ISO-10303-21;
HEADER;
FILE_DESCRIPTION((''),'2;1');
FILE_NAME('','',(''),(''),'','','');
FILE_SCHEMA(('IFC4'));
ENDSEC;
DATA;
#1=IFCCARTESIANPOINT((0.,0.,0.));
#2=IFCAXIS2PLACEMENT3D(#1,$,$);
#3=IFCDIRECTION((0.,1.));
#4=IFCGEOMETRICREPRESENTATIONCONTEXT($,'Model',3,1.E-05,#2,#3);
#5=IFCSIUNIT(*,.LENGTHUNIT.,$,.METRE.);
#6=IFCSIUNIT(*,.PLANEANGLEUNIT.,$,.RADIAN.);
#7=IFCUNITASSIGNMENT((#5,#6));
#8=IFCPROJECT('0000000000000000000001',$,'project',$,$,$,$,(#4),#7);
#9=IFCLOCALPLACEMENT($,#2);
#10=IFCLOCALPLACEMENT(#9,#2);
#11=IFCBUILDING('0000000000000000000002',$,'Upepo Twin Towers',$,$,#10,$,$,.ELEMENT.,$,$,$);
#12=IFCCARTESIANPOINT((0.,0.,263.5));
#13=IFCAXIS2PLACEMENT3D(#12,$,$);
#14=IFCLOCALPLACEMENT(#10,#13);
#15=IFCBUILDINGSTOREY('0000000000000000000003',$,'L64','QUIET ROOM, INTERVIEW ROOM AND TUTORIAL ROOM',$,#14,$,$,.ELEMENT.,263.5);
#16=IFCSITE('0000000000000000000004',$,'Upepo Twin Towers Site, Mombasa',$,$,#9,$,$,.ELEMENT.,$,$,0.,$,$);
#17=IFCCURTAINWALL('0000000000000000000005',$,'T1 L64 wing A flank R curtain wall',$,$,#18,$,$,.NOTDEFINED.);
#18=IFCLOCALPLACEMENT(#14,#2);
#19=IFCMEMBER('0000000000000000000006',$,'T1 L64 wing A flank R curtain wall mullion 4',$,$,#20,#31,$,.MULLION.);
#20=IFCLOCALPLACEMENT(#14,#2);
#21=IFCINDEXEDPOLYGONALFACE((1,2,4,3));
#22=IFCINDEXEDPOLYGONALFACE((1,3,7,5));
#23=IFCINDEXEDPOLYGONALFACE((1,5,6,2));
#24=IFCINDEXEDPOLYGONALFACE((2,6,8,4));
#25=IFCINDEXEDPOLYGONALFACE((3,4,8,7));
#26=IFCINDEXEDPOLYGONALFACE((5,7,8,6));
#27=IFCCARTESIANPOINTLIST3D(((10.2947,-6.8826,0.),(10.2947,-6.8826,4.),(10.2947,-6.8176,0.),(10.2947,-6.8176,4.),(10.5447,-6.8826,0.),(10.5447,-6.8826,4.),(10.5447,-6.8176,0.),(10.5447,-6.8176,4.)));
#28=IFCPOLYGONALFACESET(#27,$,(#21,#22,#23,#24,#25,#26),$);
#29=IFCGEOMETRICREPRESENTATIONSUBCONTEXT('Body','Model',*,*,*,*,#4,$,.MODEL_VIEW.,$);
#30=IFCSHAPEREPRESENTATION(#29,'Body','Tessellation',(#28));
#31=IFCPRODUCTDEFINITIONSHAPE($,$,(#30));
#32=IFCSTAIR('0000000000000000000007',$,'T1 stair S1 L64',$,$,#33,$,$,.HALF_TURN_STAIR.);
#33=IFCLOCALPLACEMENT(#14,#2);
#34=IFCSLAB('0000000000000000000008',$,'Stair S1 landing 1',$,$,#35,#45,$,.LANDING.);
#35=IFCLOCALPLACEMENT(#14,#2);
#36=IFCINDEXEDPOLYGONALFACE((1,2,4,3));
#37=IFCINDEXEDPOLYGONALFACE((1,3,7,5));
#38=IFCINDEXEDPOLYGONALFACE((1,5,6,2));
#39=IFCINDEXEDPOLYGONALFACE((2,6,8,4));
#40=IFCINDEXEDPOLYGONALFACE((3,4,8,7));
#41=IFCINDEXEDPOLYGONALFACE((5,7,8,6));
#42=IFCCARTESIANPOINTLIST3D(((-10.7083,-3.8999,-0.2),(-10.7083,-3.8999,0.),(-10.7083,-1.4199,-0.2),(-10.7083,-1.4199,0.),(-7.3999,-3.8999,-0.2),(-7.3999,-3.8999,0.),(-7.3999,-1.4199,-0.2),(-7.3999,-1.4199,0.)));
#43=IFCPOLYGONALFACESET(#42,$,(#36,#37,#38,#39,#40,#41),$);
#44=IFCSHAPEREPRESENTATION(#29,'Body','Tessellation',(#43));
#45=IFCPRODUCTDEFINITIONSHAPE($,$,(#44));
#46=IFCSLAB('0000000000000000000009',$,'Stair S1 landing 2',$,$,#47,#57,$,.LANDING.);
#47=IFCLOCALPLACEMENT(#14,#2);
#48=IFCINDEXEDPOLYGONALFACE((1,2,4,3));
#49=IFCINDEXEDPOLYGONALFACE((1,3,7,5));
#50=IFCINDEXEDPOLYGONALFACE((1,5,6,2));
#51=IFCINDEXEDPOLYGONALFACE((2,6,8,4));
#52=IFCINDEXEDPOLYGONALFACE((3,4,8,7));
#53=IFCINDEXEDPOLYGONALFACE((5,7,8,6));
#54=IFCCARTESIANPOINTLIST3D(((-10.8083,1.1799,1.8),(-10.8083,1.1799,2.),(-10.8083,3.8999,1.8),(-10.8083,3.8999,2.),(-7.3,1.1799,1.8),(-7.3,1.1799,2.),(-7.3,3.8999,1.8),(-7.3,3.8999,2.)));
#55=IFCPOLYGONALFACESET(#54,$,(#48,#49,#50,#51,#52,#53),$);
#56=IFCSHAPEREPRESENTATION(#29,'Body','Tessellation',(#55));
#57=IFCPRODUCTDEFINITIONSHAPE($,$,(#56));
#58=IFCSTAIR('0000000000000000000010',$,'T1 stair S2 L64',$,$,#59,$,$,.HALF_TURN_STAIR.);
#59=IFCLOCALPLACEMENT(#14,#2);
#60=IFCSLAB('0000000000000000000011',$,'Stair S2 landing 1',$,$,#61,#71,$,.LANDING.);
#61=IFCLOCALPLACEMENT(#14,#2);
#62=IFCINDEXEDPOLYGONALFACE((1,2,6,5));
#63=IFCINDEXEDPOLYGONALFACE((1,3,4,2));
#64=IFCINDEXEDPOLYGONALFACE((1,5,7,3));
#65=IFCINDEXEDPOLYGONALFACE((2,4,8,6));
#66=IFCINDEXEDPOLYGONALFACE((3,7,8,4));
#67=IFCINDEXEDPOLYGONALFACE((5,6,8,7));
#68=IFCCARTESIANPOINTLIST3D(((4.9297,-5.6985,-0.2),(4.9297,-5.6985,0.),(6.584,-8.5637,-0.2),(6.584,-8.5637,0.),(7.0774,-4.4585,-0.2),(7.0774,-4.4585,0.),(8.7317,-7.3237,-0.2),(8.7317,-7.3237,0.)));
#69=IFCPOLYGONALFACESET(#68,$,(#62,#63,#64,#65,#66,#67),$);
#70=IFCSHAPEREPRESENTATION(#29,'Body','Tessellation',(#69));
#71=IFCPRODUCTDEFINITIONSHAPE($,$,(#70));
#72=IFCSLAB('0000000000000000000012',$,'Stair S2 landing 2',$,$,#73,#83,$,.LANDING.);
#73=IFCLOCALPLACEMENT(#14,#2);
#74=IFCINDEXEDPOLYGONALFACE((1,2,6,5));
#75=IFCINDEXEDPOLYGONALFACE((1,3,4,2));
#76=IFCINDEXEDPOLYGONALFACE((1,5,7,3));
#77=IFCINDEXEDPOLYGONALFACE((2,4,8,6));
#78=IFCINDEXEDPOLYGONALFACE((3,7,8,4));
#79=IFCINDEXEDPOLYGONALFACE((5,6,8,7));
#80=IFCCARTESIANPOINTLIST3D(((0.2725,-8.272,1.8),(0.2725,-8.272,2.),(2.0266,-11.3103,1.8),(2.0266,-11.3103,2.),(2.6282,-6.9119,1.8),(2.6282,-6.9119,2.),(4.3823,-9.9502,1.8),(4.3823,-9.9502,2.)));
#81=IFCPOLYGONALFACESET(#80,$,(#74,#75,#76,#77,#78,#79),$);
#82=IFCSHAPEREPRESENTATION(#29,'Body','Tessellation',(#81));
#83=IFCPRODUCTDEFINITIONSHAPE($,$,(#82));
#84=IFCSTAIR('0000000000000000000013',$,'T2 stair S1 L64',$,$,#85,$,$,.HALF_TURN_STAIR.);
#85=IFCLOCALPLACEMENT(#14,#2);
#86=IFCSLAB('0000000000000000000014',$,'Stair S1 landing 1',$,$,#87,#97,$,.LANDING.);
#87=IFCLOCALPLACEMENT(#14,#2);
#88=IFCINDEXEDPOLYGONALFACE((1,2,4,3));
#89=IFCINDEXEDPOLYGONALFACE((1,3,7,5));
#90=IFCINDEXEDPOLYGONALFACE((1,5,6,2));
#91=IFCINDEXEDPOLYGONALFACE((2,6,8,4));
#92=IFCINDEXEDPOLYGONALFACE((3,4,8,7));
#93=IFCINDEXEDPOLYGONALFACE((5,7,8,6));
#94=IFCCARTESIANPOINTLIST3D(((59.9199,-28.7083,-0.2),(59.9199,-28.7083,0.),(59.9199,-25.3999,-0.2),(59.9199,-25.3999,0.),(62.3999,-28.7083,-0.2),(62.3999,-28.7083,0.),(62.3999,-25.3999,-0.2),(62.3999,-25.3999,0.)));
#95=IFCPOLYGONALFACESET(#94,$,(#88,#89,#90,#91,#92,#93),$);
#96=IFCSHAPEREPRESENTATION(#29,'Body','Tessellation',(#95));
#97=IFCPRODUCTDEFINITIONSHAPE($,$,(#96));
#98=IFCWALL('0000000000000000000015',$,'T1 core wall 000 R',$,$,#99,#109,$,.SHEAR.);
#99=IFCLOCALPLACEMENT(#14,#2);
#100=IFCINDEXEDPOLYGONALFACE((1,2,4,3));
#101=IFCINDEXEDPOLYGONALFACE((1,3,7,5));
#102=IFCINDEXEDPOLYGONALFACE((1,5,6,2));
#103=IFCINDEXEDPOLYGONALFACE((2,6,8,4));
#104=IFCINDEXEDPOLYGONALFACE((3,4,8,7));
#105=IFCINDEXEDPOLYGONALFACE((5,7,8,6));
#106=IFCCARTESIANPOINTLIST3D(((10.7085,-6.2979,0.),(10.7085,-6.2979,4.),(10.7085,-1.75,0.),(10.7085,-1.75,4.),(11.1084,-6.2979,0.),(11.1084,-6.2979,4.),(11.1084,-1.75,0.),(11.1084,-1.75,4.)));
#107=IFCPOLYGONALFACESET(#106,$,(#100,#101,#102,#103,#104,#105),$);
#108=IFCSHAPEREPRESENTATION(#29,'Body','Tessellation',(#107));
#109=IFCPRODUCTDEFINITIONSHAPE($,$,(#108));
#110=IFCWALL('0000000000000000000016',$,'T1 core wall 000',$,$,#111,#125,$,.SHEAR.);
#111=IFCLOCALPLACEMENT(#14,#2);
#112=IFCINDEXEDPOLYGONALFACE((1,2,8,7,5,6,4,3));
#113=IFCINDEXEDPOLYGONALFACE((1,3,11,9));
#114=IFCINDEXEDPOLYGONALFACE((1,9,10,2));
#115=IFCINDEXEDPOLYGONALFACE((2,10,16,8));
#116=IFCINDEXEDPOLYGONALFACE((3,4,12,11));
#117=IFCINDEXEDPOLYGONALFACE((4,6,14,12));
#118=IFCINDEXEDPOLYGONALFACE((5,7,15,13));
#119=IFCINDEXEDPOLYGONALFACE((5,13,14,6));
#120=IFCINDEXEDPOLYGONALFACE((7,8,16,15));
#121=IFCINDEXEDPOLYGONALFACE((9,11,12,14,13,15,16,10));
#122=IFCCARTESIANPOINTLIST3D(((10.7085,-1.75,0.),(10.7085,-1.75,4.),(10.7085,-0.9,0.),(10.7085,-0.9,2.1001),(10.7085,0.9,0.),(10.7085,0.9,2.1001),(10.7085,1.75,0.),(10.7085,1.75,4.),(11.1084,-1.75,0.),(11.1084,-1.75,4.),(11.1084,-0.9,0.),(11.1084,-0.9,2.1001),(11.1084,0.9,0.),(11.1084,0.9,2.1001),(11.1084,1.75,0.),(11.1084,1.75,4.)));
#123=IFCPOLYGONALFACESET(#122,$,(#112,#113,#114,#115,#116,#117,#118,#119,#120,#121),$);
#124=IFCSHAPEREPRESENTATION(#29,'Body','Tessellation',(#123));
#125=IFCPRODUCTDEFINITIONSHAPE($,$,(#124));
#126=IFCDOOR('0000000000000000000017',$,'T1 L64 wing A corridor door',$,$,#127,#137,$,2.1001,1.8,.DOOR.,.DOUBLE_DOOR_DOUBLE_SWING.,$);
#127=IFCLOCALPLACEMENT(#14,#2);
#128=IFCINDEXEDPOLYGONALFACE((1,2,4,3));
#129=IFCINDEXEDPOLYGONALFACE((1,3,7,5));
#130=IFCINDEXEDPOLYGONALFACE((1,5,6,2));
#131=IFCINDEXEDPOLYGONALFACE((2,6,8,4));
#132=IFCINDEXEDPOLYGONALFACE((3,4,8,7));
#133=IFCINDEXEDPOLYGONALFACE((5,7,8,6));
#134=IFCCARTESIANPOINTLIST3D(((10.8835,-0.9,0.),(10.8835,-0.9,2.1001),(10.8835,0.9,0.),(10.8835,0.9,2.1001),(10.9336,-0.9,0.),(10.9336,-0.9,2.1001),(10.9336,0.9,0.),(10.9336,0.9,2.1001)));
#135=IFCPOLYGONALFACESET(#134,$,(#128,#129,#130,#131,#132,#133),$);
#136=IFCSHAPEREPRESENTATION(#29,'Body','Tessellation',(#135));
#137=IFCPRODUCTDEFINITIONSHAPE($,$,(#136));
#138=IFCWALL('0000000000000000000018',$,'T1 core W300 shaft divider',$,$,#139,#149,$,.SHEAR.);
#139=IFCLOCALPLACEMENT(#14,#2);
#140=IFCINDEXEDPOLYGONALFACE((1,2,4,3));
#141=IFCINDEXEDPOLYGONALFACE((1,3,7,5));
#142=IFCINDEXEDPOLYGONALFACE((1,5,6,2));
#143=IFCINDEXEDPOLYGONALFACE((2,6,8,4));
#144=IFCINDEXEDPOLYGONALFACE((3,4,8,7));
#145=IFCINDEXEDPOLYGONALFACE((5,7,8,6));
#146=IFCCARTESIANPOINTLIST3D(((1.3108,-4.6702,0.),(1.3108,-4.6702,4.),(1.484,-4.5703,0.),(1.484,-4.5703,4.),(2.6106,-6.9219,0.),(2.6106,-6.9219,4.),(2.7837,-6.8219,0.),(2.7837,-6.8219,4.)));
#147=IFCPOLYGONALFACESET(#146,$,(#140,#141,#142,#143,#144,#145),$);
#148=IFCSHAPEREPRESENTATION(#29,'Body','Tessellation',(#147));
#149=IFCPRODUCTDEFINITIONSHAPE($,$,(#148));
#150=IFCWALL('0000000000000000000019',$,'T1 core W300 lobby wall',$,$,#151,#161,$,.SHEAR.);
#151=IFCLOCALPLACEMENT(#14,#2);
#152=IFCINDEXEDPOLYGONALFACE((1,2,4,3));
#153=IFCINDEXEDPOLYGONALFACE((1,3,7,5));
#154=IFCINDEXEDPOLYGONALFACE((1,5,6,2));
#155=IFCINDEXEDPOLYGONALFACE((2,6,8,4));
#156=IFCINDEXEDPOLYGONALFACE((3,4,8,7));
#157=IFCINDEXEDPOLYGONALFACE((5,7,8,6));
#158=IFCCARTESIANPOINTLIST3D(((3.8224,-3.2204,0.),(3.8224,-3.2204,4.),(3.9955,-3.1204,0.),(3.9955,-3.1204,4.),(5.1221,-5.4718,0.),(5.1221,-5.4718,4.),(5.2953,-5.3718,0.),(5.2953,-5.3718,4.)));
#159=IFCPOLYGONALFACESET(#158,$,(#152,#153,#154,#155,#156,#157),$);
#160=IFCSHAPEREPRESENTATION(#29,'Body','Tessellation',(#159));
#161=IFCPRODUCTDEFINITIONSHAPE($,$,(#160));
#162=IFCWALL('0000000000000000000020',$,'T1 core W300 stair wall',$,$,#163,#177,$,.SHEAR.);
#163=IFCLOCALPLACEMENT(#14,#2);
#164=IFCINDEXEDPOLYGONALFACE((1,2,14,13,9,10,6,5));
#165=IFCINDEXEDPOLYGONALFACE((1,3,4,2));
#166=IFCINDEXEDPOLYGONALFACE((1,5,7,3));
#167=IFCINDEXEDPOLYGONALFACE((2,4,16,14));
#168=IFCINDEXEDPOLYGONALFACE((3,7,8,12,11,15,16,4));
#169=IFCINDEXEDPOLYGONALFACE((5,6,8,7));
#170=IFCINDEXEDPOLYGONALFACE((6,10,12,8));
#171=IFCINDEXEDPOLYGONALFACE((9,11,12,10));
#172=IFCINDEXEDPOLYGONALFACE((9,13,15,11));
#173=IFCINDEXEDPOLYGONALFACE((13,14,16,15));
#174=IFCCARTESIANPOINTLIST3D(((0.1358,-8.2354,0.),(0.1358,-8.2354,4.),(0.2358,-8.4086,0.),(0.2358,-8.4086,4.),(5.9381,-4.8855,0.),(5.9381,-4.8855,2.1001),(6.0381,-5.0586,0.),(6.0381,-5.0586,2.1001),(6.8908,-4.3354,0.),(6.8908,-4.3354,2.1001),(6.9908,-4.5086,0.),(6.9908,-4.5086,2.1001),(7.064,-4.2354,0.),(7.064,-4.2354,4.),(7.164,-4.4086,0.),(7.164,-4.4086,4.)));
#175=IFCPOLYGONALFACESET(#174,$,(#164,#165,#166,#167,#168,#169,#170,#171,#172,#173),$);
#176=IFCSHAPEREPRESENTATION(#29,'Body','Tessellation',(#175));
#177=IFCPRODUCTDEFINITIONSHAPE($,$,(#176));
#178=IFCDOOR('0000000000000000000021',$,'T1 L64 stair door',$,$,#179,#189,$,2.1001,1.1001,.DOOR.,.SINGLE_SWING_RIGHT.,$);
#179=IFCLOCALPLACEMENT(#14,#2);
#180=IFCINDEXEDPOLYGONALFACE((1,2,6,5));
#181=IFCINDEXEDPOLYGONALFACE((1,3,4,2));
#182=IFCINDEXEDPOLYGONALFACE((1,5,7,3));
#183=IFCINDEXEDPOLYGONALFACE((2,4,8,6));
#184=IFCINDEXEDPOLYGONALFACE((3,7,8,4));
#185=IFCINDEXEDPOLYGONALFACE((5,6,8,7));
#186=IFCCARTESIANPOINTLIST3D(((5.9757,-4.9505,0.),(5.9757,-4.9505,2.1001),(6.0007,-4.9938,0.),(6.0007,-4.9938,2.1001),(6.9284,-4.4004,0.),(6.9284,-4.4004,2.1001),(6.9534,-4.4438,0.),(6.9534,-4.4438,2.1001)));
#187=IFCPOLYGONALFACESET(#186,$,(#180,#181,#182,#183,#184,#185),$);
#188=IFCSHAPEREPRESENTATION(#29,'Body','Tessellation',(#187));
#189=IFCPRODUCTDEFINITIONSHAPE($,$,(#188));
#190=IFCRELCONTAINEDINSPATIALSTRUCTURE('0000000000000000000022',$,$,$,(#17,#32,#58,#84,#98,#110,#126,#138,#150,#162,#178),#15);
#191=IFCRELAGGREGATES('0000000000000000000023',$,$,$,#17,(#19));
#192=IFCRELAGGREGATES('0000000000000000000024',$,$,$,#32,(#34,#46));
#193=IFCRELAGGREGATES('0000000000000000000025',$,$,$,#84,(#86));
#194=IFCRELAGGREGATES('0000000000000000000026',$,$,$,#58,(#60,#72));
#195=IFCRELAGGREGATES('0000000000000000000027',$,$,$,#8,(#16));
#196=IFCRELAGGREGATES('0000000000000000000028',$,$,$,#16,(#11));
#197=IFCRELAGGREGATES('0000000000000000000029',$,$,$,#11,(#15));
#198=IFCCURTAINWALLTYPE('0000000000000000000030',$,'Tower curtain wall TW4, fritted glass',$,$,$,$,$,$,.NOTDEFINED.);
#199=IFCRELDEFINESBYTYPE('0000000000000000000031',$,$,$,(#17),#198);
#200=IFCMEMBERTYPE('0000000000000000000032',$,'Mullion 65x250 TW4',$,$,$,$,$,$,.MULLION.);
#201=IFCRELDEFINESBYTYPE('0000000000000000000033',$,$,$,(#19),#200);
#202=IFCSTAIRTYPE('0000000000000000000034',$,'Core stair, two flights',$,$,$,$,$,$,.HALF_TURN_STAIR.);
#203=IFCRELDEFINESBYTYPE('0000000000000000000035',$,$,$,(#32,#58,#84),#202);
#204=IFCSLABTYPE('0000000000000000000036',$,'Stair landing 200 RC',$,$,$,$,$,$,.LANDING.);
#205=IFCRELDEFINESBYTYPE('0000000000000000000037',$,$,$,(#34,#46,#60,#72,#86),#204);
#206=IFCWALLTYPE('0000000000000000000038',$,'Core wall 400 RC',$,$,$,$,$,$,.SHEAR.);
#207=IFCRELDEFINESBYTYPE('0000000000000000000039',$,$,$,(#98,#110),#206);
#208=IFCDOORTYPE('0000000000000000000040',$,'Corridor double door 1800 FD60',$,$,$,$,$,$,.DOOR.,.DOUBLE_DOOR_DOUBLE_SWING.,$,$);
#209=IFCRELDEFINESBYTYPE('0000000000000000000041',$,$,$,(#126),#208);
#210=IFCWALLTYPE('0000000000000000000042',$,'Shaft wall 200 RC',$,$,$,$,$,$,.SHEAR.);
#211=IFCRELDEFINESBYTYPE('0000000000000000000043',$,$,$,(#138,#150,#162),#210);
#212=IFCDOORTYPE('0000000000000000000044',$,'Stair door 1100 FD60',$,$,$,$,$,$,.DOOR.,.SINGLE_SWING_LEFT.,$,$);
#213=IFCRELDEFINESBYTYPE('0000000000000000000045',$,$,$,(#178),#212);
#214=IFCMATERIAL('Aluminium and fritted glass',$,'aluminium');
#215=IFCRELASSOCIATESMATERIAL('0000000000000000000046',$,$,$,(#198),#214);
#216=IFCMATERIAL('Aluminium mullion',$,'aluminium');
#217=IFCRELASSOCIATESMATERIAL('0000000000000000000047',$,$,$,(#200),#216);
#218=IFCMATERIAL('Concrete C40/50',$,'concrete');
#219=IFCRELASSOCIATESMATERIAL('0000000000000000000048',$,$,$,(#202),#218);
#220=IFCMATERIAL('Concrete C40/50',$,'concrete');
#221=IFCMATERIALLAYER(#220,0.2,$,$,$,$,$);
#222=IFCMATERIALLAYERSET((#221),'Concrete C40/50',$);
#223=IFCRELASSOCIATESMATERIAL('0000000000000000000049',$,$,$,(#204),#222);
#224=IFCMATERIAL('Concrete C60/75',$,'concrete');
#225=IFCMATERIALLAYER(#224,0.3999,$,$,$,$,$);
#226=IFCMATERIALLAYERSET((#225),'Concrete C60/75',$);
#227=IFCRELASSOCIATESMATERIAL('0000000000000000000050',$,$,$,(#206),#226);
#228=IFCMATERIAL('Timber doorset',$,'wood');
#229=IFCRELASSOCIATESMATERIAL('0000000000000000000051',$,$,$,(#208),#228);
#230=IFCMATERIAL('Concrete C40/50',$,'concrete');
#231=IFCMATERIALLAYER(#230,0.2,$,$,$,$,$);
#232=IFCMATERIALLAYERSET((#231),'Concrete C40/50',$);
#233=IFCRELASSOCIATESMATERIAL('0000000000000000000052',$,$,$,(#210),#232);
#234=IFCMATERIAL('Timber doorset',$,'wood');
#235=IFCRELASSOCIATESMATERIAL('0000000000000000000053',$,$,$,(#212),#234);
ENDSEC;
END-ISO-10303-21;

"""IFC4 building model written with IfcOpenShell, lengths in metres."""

from ifc_helpers import new_model, si_unit, direction, frame, frame_2d, origin, origin_2d, place, context, subcontext, project, spatial, polyline, rectangle, outline, extrude, material, layer, layer_set, material_profile, profile_set, type_object, element, fill, aggregate, save


model = new_model("IFC4")

# Units and contexts
model_context = context("Model", 3, precision=1e-05, world=origin(), true_north=direction((0.0, 1.0)))
body_context = subcontext(model_context, "Body", "Model", "MODEL_VIEW")
ifc_project = project(units=[si_unit("LENGTHUNIT", "METRE"), si_unit("PLANEANGLEUNIT", "RADIAN")], contexts=[model_context])

# Site, building, storey
site_placement = place(None, origin())
site = spatial("IfcSite", under=ifc_project, at=site_placement, Name="Upepo Twin Towers Site, Mombasa", CompositionType="ELEMENT", RefElevation=0.0)
building_placement = place(site_placement, origin())
building = spatial("IfcBuilding", under=site, at=building_placement, Name="Upepo Twin Towers", CompositionType="ELEMENT")
storey_placement = place(building_placement, frame((0.0, 0.0, 263.5)))
storey = spatial("IfcBuildingStorey", under=building, at=storey_placement, Name="L64", Description="QUIET ROOM, INTERVIEW ROOM AND TUTORIAL ROOM", CompositionType="ELEMENT", Elevation=263.5)

# Curtain wall, member
ifc_material_1 = material(Name="Aluminium and fritted glass", Category="aluminium")
curtain_wall_type = type_object("IfcCurtainWallType", Name="Tower curtain wall TW4, fritted glass", PredefinedType="NOTDEFINED", material=ifc_material_1)
curtain_wall_placement = place(storey_placement, origin())
curtain_wall = element("IfcCurtainWall", 1, at=curtain_wall_placement, inside=storey, type_object=curtain_wall_type, Name="T1 L64 wing A flank R curtain wall", PredefinedType="NOTDEFINED")
ifc_material_2 = material(Name="Aluminium mullion", Category="aluminium")
ifc_material_profile = material_profile(ifc_material_2, rectangle(XDim=0.0649, YDim=0.25, at=origin_2d()), Name="MULLION 65x250")
ifc_profile_set = profile_set([ifc_material_profile], Name="Aluminium mullion")
member_type = type_object("IfcMemberType", Name="Mullion 65x250 TW4", PredefinedType="MULLION", material=ifc_profile_set)
member_placement = place(storey_placement, frame((10.4197, -6.8501, 0.0), z_axis=(0.0, 0.0, 1.0), x_axis=(0.0, -1.0, 0.0)))
member = element("IfcMember", 2, at=member_placement, type_object=member_type, Name="T1 L64 wing A flank R curtain wall mullion 4", PredefinedType="MULLION", context=body_context, shape_type="SweptSolid", body=[
    extrude(rectangle(XDim=0.0649, YDim=0.25, at=origin_2d()), origin(), (0.0, 0.0, 1.0), 4.0),
])
aggregate(curtain_wall, [member])

# Stairs, slabs
ifc_material_3 = material(Name="Concrete C40/50", Category="concrete")
stair_type = type_object("IfcStairType", Name="Core stair, two flights", PredefinedType="HALF_TURN_STAIR", material=ifc_material_3)
stair_1_placement = place(storey_placement, origin())
stair_1 = element("IfcStair", 3, at=stair_1_placement, inside=storey, type_object=stair_type, Name="T1 stair S1 L64", PredefinedType="HALF_TURN_STAIR")
ifc_material_4 = material(Name="Concrete C40/50", Category="concrete")
ifc_layer_1 = layer(ifc_material_4, 0.2)
ifc_layer_set_1 = layer_set([ifc_layer_1], Name="Concrete C40/50")
slab_type = type_object("IfcSlabType", Name="Stair landing 200 RC", PredefinedType="LANDING", material=ifc_layer_set_1)
slab_1_placement = place(storey_placement, frame((0.0, 0.0, -0.2)))
slab_1 = element("IfcSlab", 4, at=slab_1_placement, type_object=slab_type, Name="Stair S1 landing 1", PredefinedType="LANDING", context=body_context, shape_type="SweptSolid", body=[
    extrude(outline(polyline([(-7.3999, -1.4199), (-10.7083, -1.4199), (-10.7083, -3.8999), (-7.3999, -3.8999), (-7.3999, -1.4199)])), origin(), (0.0, 0.0, 1.0), 0.2),
])
slab_2_placement = place(storey_placement, frame((0.0, 0.0, 1.8)))
slab_2 = element("IfcSlab", 5, at=slab_2_placement, type_object=slab_type, Name="Stair S1 landing 2", PredefinedType="LANDING", context=body_context, shape_type="SweptSolid", body=[
    extrude(outline(polyline([(-7.3, 3.8999), (-10.8083, 3.8999), (-10.8083, 1.1799), (-7.3, 1.1799), (-7.3, 3.8999)])), origin(), (0.0, 0.0, 1.0), 0.2),
])
aggregate(stair_1, [slab_1, slab_2])
stair_2_placement = place(storey_placement, origin())
stair_2 = element("IfcStair", 6, at=stair_2_placement, inside=storey, type_object=stair_type, Name="T1 stair S2 L64", PredefinedType="HALF_TURN_STAIR")
slab_3_placement = place(storey_placement, frame((0.0, 0.0, -0.2)))
slab_3 = element("IfcSlab", 7, at=slab_3_placement, type_object=slab_type, Name="Stair S2 landing 1", PredefinedType="LANDING", context=body_context, shape_type="SweptSolid", body=[
    extrude(outline(polyline([(4.9297, -5.6985), (6.584, -8.5637), (8.7317, -7.3237), (7.0774, -4.4585), (4.9297, -5.6985)])), origin(), (0.0, 0.0, 1.0), 0.2),
])
slab_4_placement = place(storey_placement, frame((0.0, 0.0, 1.8)))
slab_4 = element("IfcSlab", 8, at=slab_4_placement, type_object=slab_type, Name="Stair S2 landing 2", PredefinedType="LANDING", context=body_context, shape_type="SweptSolid", body=[
    extrude(outline(polyline([(0.2725, -8.272), (2.0266, -11.3103), (4.3823, -9.9502), (2.6282, -6.9119), (0.2725, -8.272)])), origin(), (0.0, 0.0, 1.0), 0.2),
])

# Stair, slab
stair_3_placement = place(storey_placement, origin())
stair_3 = element("IfcStair", 9, at=stair_3_placement, inside=storey, type_object=stair_type, Name="T2 stair S1 L64", PredefinedType="HALF_TURN_STAIR")
slab_5_placement = place(storey_placement, frame((0.0, 0.0, -0.2)))
slab_5 = element("IfcSlab", 10, at=slab_5_placement, type_object=slab_type, Name="Stair S1 landing 1", PredefinedType="LANDING", context=body_context, shape_type="SweptSolid", body=[
    extrude(outline(polyline([(59.9199, -25.3999), (59.9199, -28.7083), (62.3999, -28.7083), (62.3999, -25.3999), (59.9199, -25.3999)])), origin(), (0.0, 0.0, 1.0), 0.2),
])
aggregate(stair_3, [slab_5])

# Wall
ifc_material_5 = material(Name="Concrete C60/75", Category="concrete")
ifc_layer_2 = layer(ifc_material_5, 0.3999)
ifc_layer_set_2 = layer_set([ifc_layer_2], Name="Concrete C60/75")
wall_type_1 = type_object("IfcWallType", Name="Core wall 400 RC", PredefinedType="SHEAR", material=ifc_layer_set_2)
wall_1_placement = place(storey_placement, frame((10.9084, -6.2979, 0.0), z_axis=(0.0, 0.0, 1.0), x_axis=(0.0, 1.0, 0.0)))
element("IfcWall", 11, at=wall_1_placement, inside=storey, type_object=wall_type_1, Name="T1 core wall 000 R", PredefinedType="SHEAR", context=body_context, shape_type="SweptSolid", body=[
    extrude(rectangle(XDim=4.5479, YDim=0.3999, at=frame_2d((2.2739, 0.0))), origin(), (0.0, 0.0, 1.0), 4.0),
])

# Wall, opening, door
wall_2_placement = place(storey_placement, frame((10.9084, -1.75, 0.0), z_axis=(0.0, 0.0, 1.0), x_axis=(0.0, 1.0, 0.0)))
wall_2 = element("IfcWall", 12, at=wall_2_placement, inside=storey, type_object=wall_type_1, Name="T1 core wall 000", PredefinedType="SHEAR", context=body_context, shape_type="SweptSolid", body=[
    extrude(rectangle(XDim=3.5, YDim=0.3999, at=frame_2d((1.75, 0.0))), origin(), (0.0, 0.0, 1.0), 4.0),
])
opening_1_placement = place(wall_2_placement, frame((0.8501, 0.0, 0.0)))
opening_1 = element("IfcOpeningElement", 13, at=opening_1_placement, cuts=wall_2, PredefinedType="OPENING", context=body_context, shape_type="SweptSolid", body=[
    extrude(rectangle(XDim=1.8, YDim=2.1001, at=frame_2d((0.8999, 1.05))), frame((0.0, 0.21, 0.0), z_axis=(0.0, -1.0, 0.0), x_axis=(1.0, 0.0, 0.0)), (0.0, 0.0, 1.0), 0.4199),
])
ifc_material_6 = material(Name="Timber doorset", Category="wood")
door_type_1 = type_object("IfcDoorType", Name="Corridor double door 1800 FD60", OperationType="DOUBLE_DOOR_DOUBLE_SWING", PredefinedType="DOOR", material=ifc_material_6)
door_1_placement = place(opening_1_placement, origin())
door_1 = element("IfcDoor", 14, at=door_1_placement, inside=storey, type_object=door_type_1, Name="T1 L64 wing A corridor door", OperationType="DOUBLE_DOOR_DOUBLE_SWING", OverallHeight=2.1001, OverallWidth=1.8, PredefinedType="DOOR", context=body_context, shape_type="SweptSolid", body=[
    extrude(rectangle(XDim=1.8, YDim=2.1001, at=frame_2d((0.8999, 1.05))), frame((0.0, 0.0249, 0.0), z_axis=(0.0, -1.0, 0.0), x_axis=(1.0, 0.0, 0.0)), (0.0, 0.0, 1.0), 0.05),
])
fill(opening_1, door_1)

# Walls
ifc_material_7 = material(Name="Concrete C40/50", Category="concrete")
ifc_layer_3 = layer(ifc_material_7, 0.2)
ifc_layer_set_3 = layer_set([ifc_layer_3], Name="Concrete C40/50")
wall_type_2 = type_object("IfcWallType", Name="Shaft wall 200 RC", PredefinedType="SHEAR", material=ifc_layer_set_3)
wall_3_placement = place(storey_placement, frame((1.3975, -4.6204, 0.0), z_axis=(0.0, 0.0, 1.0), x_axis=(0.499937, -0.866062, 0.0)))
element("IfcWall", 15, at=wall_3_placement, inside=storey, type_object=wall_type_2, Name="T1 core W300 shaft divider", PredefinedType="SHEAR", context=body_context, shape_type="SweptSolid", body=[
    extrude(rectangle(XDim=2.5999, YDim=0.2, at=frame_2d((1.2998, 0.0))), origin(), (0.0, 0.0, 1.0), 4.0),
])
wall_4_placement = place(storey_placement, frame((3.9089, -3.1704, 0.0), z_axis=(0.0, 0.0, 1.0), x_axis=(0.499977, -0.866039, 0.0)))
element("IfcWall", 16, at=wall_4_placement, inside=storey, type_object=wall_type_2, Name="T1 core W300 lobby wall", PredefinedType="SHEAR", context=body_context, shape_type="SweptSolid", body=[
    extrude(rectangle(XDim=2.5996, YDim=0.2, at=frame_2d((1.2998, 0.0))), origin(), (0.0, 0.0, 1.0), 4.0),
])

# Wall, opening, door
wall_5_placement = place(storey_placement, frame((0.1858, -8.322, 0.0), z_axis=(0.0, 0.0, 1.0), x_axis=(0.866026, 0.499999, 0.0)))
wall_5 = element("IfcWall", 17, at=wall_5_placement, inside=storey, type_object=wall_type_2, Name="T1 core W300 stair wall", PredefinedType="SHEAR", context=body_context, shape_type="SweptSolid", body=[
    extrude(rectangle(XDim=8.0, YDim=0.2, at=frame_2d((4.0, 0.0))), origin(), (0.0, 0.0, 1.0), 4.0),
])
opening_2_placement = place(wall_5_placement, frame((6.7, 0.0, 0.0)))
opening_2 = element("IfcOpeningElement", 18, at=opening_2_placement, cuts=wall_5, PredefinedType="OPENING", context=body_context, shape_type="SweptSolid", body=[
    extrude(rectangle(XDim=1.1001, YDim=2.1001, at=frame_2d((0.55, 1.05))), frame((0.0, 0.1099, 0.0), z_axis=(0.0, -1.0, 0.0), x_axis=(1.0, 0.0, 0.0)), (0.0, 0.0, 1.0), 0.22),
])
ifc_material_8 = material(Name="Timber doorset", Category="wood")
door_type_2 = type_object("IfcDoorType", Name="Stair door 1100 FD60", OperationType="SINGLE_SWING_LEFT", PredefinedType="DOOR", material=ifc_material_8)
door_2_placement = place(opening_2_placement, origin())
door_2 = element("IfcDoor", 19, at=door_2_placement, inside=storey, type_object=door_type_2, Name="T1 L64 stair door", OperationType="SINGLE_SWING_RIGHT", OverallHeight=2.1001, OverallWidth=1.1001, PredefinedType="DOOR", context=body_context, shape_type="SweptSolid", body=[
    extrude(rectangle(XDim=1.1001, YDim=2.1001, at=frame_2d((0.55, 1.05))), frame((0.0, 0.0249, 0.0), z_axis=(0.0, -1.0, 0.0), x_axis=(1.0, 0.0, 0.0)), (0.0, 0.0, 1.0), 0.05),
])
fill(opening_2, door_2)

aggregate(stair_2, [slab_3, slab_4])

save(model, "model.ifc")
